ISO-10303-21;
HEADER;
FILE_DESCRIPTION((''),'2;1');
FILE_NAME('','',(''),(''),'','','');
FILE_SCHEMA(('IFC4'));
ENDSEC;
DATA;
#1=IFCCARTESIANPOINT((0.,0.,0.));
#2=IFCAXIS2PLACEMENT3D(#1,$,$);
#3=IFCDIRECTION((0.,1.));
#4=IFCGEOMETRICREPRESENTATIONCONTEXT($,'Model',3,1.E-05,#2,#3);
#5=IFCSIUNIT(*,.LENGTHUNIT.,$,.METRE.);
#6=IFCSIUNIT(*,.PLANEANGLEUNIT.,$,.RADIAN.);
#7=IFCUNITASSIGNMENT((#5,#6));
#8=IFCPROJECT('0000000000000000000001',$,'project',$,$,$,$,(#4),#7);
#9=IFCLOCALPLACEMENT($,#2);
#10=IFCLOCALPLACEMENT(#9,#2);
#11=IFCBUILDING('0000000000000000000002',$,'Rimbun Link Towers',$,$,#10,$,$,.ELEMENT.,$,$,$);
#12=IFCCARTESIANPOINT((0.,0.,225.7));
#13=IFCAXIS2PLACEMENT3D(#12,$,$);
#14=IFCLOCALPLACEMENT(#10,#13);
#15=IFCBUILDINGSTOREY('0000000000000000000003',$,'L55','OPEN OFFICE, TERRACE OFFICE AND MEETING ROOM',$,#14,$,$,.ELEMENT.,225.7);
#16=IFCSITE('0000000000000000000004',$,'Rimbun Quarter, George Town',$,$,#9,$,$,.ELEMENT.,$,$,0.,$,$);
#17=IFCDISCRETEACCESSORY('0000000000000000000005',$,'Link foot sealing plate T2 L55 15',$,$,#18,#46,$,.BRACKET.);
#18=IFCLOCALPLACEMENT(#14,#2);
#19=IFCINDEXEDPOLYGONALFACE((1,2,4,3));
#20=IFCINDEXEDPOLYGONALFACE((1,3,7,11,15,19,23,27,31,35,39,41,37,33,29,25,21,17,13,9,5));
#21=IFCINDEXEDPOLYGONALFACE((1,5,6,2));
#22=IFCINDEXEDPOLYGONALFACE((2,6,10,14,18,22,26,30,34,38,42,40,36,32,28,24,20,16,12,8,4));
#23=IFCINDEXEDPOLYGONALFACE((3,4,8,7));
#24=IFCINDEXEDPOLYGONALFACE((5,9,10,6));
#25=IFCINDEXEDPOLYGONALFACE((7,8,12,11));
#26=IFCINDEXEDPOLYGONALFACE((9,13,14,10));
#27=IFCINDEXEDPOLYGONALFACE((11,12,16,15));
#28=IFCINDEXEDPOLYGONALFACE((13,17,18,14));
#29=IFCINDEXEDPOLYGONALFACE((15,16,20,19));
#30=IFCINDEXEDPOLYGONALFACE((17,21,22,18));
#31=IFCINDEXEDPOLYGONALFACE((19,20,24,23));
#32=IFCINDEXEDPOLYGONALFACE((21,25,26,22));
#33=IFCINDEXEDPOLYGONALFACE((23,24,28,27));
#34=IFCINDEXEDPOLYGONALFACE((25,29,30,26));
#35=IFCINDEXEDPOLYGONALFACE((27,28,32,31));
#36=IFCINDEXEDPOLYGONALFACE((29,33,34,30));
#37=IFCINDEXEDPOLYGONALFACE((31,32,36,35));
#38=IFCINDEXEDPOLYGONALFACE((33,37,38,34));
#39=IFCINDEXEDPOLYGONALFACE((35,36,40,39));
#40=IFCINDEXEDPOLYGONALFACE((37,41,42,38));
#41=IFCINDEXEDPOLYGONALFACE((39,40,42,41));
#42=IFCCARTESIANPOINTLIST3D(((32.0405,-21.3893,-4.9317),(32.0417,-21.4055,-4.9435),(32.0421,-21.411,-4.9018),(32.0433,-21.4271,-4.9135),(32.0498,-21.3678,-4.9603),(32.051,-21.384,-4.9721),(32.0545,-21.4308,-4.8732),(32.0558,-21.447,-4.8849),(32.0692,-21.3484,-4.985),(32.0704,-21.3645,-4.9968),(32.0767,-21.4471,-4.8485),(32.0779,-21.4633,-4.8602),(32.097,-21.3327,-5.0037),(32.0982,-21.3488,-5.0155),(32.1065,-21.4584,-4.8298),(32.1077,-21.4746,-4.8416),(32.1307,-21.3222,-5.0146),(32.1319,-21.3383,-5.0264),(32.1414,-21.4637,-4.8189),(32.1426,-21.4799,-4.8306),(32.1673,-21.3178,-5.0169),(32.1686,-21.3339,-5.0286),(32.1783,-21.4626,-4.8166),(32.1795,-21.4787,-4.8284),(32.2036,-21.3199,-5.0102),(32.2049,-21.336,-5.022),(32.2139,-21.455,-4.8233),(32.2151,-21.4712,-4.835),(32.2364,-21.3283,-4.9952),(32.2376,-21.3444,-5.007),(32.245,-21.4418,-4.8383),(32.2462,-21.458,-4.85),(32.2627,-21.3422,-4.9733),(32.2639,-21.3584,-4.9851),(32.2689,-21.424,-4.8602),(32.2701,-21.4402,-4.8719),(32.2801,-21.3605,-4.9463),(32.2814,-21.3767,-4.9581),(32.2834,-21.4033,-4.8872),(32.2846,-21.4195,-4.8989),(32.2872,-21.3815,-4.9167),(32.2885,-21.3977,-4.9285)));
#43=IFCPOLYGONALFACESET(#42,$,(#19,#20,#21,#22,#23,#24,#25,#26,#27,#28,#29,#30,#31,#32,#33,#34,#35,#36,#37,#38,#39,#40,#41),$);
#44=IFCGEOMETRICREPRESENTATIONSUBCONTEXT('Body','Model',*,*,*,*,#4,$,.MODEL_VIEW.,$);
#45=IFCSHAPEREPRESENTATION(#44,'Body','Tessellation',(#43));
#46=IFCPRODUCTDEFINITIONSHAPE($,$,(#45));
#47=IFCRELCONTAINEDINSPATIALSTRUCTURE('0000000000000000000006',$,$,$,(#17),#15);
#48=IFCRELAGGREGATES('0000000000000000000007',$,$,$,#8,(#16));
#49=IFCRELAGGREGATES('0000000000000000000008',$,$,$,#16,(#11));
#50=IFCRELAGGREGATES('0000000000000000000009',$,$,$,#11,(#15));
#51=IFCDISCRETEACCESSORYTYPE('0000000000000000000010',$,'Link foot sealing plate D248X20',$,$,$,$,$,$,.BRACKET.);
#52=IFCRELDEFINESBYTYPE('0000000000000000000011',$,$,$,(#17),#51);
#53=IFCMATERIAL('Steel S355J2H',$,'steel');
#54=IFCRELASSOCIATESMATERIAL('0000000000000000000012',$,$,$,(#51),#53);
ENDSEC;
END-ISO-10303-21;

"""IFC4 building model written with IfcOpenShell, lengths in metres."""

from ifc_helpers import new_model, si_unit, direction, frame, origin, origin_2d, place, context, subcontext, project, spatial, circle, extrude, material, material_profile, profile_set, type_object, element, save


model = new_model("IFC4")

# Units and contexts
model_context = context("Model", 3, precision=1e-05, world=origin(), true_north=direction((0.0, 1.0)))
body_context = subcontext(model_context, "Body", "Model", "MODEL_VIEW")
ifc_project = project(units=[si_unit("LENGTHUNIT", "METRE"), si_unit("PLANEANGLEUNIT", "RADIAN")], contexts=[model_context])

# Site, building, storey
site_placement = place(None, origin())
site = spatial("IfcSite", under=ifc_project, at=site_placement, Name="Rimbun Quarter, George Town", CompositionType="ELEMENT", RefElevation=0.0)
building_placement = place(site_placement, origin())
building = spatial("IfcBuilding", under=site, at=building_placement, Name="Rimbun Link Towers", CompositionType="ELEMENT")
storey_placement = place(building_placement, frame((0.0, 0.0, 225.7)))
storey = spatial("IfcBuildingStorey", under=building, at=storey_placement, Name="L55", Description="OPEN OFFICE, TERRACE OFFICE AND MEETING ROOM", CompositionType="ELEMENT", Elevation=225.7)

# Discrete accessory
ifc_material_1 = material(Name="Steel S355J2H", Category="steel")
ifc_material_profile_1 = material_profile(ifc_material_1, circle(Radius=0.124, at=origin_2d()), Name="PL D248")
ifc_profile_set_1 = profile_set([ifc_material_profile_1], Name="Steel S355J2H")
discrete_accessory_type = type_object("IfcDiscreteAccessoryType", Name="Link foot sealing plate D248X20", PredefinedType="BRACKET", material=ifc_profile_set_1)
discrete_accessory_placement = place(storey_placement, frame((32.1636, -21.3909, -4.9167), z_axis=(0.061153, -0.807222, -0.587071), x_axis=(0.997143, 0.075541, 0.0)))
element("IfcDiscreteAccessory", 1, at=discrete_accessory_placement, inside=storey, type_object=discrete_accessory_type, Name="Link foot sealing plate T2 L55 15", PredefinedType="BRACKET", context=body_context, shape_type="SweptSolid", body=[
    extrude(circle(Radius=0.124, at=origin_2d()), origin(), (0.0, 0.0, 1.0), 0.02),
])

save(model, "model.ifc")
